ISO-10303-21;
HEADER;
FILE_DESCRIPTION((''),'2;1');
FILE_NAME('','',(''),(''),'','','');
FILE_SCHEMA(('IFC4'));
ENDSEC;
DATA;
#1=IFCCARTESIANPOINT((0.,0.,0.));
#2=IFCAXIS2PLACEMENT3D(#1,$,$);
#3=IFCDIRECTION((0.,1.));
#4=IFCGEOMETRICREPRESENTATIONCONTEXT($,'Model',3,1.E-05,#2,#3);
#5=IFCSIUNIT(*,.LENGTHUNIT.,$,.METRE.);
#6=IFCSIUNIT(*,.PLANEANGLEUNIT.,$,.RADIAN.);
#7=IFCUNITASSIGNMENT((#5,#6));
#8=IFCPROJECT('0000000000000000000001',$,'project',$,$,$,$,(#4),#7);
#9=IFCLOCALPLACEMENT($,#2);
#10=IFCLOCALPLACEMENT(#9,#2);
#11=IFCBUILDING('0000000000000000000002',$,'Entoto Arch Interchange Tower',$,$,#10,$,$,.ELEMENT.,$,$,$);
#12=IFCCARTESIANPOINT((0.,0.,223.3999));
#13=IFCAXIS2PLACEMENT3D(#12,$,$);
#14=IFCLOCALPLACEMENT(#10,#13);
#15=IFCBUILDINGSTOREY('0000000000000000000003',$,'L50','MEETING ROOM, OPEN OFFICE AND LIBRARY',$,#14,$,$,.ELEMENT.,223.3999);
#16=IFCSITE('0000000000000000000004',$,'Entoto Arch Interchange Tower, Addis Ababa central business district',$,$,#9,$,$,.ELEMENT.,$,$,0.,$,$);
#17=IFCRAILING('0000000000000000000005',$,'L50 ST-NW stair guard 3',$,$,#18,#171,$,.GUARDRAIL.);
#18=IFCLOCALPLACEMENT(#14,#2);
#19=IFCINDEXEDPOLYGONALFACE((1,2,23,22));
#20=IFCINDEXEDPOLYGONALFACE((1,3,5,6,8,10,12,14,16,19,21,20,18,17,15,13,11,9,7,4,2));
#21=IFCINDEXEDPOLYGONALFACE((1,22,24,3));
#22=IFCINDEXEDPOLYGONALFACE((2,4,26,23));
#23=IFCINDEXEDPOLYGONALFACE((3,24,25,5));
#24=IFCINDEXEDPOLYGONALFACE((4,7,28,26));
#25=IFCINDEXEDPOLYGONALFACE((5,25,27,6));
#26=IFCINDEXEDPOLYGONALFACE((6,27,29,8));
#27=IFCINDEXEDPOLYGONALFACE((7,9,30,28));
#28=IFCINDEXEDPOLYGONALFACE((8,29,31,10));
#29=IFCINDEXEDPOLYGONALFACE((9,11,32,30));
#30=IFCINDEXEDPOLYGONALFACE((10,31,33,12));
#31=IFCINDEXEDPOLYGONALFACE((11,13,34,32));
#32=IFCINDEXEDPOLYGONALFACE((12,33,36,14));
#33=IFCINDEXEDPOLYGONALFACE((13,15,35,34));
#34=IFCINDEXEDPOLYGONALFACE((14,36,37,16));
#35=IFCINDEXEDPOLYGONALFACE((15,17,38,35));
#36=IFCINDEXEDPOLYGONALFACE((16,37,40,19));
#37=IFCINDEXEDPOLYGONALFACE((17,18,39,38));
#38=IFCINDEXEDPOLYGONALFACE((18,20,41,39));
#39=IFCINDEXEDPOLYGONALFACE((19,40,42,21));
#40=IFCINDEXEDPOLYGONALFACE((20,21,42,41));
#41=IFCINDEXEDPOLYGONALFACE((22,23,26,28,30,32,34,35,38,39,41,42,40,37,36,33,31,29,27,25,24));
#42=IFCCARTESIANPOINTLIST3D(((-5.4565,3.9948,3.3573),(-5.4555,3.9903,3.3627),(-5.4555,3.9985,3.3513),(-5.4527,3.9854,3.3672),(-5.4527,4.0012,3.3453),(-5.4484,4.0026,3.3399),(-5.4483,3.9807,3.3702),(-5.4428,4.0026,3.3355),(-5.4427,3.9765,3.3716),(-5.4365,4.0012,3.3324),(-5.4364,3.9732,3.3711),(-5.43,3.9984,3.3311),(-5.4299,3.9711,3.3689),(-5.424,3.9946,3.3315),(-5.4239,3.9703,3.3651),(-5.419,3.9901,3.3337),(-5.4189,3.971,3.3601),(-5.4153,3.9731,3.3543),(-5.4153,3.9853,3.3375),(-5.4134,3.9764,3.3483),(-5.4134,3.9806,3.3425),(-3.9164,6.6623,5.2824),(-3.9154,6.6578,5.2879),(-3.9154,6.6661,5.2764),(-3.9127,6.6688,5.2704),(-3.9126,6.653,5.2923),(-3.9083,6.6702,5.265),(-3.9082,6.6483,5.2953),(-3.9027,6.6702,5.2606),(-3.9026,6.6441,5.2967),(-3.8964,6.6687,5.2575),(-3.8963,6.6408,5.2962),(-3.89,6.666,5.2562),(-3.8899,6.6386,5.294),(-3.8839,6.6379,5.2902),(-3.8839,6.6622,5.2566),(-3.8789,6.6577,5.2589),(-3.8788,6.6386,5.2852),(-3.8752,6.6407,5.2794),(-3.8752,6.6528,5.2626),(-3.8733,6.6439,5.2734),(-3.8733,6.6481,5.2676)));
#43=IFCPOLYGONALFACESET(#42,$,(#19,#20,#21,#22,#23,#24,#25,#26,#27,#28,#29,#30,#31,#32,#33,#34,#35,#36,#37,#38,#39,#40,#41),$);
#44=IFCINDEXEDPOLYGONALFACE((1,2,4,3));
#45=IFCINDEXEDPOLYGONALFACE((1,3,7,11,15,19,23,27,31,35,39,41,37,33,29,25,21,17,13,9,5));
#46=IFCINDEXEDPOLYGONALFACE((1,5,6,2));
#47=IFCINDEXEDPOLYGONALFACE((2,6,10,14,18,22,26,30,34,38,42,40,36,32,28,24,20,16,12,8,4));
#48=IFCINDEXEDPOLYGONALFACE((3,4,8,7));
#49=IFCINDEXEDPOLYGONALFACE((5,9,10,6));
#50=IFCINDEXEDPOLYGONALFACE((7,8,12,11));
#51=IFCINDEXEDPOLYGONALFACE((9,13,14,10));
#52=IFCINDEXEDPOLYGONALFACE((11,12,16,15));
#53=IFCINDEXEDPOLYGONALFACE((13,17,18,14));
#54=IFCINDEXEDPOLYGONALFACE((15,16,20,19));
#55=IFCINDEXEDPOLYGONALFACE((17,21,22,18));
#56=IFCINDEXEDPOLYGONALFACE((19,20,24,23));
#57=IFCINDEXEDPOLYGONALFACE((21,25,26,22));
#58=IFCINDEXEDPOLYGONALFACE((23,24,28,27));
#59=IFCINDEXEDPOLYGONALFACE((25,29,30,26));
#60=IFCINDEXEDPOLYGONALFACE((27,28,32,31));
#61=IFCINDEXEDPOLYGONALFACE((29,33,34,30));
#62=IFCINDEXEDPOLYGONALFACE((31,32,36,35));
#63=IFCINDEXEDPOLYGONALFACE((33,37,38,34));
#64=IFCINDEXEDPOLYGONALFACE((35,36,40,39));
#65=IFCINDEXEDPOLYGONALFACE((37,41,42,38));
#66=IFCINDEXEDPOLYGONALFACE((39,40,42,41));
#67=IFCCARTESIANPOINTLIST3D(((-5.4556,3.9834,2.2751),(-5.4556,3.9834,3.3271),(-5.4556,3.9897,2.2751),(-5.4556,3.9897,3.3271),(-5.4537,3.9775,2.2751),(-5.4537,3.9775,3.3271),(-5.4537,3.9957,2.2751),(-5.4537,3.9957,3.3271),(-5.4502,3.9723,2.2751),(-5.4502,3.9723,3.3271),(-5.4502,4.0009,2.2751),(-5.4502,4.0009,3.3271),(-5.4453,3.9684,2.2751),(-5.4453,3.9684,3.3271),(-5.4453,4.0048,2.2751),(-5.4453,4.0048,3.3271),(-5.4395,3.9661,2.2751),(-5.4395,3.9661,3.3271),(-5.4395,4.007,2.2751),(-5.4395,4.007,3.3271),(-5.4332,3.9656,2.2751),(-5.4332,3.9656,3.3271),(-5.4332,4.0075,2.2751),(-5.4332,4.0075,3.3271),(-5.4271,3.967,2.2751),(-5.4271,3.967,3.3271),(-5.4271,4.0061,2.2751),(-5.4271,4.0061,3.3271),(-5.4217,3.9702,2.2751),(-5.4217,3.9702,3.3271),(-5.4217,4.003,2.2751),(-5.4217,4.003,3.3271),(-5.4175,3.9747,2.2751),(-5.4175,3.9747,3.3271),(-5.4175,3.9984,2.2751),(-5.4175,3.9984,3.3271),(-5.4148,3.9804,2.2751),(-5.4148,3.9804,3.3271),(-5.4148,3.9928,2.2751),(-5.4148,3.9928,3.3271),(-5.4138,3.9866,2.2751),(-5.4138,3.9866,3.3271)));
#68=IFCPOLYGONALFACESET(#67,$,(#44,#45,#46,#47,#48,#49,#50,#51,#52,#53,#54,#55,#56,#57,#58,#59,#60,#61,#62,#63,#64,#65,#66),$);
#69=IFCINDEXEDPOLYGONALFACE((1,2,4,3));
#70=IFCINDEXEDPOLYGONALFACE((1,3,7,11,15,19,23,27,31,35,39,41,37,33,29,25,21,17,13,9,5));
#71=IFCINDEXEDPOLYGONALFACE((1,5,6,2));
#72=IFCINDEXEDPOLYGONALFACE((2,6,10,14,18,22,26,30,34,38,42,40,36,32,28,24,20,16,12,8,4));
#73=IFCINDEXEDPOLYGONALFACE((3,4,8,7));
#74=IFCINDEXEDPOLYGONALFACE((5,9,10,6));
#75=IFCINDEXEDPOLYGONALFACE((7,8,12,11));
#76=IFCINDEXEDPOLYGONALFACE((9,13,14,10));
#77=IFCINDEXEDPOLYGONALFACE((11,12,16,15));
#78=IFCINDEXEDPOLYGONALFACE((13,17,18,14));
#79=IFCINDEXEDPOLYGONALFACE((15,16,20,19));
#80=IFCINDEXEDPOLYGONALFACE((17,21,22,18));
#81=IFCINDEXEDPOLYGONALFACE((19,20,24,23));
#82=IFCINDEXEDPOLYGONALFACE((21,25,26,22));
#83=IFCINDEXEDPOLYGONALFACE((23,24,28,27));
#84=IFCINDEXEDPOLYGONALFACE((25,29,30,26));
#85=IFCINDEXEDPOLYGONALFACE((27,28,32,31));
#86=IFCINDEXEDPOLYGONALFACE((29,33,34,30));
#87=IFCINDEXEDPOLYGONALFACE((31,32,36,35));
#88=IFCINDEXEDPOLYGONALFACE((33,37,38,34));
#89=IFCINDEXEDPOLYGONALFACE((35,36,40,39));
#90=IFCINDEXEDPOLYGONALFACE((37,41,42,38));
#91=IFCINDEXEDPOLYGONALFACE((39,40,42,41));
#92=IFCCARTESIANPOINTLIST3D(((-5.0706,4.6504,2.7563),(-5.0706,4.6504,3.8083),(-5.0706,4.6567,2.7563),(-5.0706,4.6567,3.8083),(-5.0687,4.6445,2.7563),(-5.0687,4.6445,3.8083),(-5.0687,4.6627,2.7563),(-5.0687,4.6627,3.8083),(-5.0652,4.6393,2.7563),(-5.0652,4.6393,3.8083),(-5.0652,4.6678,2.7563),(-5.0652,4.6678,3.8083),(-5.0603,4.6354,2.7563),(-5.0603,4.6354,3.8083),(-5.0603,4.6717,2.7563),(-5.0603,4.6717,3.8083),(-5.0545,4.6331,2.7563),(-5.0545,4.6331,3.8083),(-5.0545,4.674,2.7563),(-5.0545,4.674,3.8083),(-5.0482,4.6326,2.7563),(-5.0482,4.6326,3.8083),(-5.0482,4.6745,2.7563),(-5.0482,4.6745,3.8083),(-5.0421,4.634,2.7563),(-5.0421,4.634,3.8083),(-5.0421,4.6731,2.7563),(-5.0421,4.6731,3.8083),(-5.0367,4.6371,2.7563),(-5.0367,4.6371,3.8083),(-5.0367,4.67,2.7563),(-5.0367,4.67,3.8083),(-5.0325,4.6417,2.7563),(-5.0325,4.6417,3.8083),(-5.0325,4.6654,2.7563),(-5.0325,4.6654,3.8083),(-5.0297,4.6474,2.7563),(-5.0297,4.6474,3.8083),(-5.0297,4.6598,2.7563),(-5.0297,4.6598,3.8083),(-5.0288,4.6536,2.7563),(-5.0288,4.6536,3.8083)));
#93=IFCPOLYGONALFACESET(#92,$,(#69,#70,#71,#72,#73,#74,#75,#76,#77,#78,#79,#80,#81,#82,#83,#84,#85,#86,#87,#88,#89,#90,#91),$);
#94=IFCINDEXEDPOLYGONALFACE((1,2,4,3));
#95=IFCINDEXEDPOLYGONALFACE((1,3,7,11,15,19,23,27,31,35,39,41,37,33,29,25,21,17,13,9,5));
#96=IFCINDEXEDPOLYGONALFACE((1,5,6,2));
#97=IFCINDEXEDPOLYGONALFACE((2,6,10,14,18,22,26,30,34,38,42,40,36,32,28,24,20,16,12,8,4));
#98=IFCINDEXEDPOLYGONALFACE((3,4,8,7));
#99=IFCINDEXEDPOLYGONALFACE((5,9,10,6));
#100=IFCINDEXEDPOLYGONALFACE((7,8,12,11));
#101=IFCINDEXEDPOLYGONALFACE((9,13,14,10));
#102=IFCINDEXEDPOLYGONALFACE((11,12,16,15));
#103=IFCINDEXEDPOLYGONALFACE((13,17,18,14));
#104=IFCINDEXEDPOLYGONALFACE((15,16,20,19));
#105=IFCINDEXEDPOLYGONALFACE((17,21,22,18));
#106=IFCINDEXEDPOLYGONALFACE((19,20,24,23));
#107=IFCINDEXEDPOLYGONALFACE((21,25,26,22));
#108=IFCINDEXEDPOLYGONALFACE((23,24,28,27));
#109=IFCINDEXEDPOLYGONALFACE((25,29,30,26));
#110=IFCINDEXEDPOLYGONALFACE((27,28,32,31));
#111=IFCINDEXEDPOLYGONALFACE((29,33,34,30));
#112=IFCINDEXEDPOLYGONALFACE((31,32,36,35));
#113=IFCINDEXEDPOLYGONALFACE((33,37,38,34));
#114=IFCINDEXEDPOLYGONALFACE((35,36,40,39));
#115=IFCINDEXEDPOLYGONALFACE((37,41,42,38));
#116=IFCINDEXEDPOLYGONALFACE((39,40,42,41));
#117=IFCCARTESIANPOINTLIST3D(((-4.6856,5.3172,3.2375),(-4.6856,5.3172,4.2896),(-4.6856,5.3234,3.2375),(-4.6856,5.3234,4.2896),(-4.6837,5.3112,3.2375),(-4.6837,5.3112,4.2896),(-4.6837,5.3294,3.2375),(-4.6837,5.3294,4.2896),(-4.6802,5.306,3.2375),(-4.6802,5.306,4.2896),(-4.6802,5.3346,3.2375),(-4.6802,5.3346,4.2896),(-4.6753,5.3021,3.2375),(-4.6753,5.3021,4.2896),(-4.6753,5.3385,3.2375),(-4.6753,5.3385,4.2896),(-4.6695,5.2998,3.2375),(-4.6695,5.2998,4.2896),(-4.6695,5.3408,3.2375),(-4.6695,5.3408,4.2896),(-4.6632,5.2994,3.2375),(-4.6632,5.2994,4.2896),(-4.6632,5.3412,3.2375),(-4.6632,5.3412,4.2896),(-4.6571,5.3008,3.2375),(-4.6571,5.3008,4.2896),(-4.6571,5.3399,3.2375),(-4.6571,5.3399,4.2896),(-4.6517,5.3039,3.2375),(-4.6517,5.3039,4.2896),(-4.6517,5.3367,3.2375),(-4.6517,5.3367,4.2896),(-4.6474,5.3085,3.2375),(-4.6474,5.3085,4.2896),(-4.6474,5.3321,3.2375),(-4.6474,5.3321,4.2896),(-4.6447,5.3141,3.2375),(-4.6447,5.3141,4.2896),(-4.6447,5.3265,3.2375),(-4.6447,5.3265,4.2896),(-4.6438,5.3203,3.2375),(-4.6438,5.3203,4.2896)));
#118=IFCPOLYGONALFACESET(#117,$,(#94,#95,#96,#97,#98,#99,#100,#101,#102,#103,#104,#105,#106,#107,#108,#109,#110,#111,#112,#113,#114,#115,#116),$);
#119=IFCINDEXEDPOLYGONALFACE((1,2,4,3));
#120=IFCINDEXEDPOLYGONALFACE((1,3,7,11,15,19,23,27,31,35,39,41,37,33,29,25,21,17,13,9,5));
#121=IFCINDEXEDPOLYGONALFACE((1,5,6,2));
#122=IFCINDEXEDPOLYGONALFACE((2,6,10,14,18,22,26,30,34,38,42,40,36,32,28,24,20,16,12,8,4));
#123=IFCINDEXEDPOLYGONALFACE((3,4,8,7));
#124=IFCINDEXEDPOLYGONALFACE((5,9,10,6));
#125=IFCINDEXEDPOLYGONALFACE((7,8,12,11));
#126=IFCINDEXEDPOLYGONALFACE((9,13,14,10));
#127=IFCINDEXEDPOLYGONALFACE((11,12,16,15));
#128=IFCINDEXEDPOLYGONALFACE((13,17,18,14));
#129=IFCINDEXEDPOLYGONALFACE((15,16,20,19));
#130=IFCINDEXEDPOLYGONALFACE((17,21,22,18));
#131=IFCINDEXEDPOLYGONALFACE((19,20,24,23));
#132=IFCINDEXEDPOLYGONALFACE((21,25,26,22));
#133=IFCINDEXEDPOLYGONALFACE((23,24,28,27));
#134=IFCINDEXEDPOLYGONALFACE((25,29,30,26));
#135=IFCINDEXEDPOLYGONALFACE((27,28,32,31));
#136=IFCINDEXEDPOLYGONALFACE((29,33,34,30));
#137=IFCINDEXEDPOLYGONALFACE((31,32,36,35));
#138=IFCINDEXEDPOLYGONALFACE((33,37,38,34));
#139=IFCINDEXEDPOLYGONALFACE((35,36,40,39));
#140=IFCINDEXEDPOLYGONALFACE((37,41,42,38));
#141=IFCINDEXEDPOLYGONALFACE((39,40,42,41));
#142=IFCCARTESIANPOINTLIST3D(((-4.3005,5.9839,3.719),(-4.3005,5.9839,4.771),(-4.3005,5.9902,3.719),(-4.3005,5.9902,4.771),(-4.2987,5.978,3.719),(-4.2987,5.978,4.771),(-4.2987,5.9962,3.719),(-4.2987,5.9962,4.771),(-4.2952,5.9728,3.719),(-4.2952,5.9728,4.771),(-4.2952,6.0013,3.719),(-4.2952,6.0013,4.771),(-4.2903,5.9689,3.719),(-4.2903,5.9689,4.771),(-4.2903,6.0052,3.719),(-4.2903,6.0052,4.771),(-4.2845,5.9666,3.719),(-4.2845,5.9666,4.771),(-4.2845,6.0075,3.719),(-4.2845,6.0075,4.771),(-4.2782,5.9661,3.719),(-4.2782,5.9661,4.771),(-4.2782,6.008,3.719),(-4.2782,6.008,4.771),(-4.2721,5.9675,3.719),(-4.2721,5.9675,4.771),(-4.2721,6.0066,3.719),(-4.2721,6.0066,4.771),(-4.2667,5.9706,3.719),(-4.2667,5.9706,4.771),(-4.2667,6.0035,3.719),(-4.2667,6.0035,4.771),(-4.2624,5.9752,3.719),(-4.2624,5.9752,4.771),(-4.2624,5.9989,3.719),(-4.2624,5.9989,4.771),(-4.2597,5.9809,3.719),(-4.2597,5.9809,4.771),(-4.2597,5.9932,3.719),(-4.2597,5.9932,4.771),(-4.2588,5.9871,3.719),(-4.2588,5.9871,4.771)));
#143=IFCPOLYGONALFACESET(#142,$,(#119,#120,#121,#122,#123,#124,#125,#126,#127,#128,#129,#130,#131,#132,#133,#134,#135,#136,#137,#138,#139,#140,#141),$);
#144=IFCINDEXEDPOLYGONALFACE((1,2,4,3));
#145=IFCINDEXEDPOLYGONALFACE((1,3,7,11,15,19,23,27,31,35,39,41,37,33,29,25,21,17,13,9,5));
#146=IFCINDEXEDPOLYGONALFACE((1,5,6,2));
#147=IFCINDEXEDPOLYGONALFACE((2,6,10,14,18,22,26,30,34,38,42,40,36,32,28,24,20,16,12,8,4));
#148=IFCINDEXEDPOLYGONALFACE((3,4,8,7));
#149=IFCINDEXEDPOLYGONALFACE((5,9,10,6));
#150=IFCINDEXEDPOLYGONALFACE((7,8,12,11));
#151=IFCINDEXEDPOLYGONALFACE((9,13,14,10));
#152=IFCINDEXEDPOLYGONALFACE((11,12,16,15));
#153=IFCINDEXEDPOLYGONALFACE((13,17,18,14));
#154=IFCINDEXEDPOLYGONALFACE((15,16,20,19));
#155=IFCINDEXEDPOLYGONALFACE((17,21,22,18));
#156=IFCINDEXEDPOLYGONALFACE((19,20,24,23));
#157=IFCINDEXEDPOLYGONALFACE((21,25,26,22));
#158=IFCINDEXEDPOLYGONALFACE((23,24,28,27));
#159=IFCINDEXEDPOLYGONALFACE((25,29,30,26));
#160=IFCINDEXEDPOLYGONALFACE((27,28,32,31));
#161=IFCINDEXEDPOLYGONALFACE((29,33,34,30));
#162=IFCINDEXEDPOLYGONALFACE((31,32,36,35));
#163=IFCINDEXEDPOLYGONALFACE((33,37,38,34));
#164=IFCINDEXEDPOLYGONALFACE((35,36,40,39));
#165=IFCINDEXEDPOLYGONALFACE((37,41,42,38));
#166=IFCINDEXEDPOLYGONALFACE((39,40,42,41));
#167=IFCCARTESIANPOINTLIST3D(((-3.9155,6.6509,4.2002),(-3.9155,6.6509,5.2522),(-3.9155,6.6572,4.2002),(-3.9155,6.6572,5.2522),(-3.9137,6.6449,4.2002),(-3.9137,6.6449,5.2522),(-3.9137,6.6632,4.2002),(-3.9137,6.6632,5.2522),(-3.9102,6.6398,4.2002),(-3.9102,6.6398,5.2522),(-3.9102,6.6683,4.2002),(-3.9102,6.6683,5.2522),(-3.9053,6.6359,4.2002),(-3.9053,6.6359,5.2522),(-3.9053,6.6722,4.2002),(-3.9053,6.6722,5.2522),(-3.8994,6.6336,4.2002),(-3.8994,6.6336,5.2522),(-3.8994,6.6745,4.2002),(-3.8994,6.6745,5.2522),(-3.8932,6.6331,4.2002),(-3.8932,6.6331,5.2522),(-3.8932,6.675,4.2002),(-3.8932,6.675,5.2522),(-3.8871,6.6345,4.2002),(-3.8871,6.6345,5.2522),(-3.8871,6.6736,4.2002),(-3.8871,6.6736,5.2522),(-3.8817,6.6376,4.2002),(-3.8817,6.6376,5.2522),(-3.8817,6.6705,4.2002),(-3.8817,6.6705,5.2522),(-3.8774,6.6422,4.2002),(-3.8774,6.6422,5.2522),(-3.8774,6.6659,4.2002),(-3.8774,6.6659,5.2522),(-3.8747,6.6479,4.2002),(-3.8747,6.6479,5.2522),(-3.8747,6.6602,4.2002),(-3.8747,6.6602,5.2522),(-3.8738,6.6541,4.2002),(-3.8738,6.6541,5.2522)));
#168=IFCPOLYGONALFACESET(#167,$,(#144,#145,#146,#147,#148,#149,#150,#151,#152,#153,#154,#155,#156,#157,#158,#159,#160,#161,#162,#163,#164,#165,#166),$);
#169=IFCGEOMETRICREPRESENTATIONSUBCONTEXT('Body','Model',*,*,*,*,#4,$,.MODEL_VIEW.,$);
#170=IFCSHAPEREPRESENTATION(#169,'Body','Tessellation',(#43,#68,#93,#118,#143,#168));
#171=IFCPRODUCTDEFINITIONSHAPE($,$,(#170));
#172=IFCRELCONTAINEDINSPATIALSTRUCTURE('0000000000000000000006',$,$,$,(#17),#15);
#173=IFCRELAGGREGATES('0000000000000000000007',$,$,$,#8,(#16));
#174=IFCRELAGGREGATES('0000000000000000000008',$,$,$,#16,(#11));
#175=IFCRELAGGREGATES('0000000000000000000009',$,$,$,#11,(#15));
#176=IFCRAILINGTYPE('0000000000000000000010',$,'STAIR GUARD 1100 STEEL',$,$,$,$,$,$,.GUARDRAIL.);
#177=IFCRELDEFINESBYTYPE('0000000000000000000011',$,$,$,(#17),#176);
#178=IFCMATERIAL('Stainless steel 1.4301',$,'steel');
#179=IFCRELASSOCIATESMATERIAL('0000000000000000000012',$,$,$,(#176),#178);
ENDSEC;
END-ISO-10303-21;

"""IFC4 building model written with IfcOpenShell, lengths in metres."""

from ifc_helpers import new_model, si_unit, direction, frame, origin, origin_2d, place, context, subcontext, project, spatial, circle, extrude, material, type_object, element, save


model = new_model("IFC4")

# Units and contexts
model_context = context("Model", 3, precision=1e-05, world=origin(), true_north=direction((0.0, 1.0)))
body_context = subcontext(model_context, "Body", "Model", "MODEL_VIEW")
ifc_project = project(units=[si_unit("LENGTHUNIT", "METRE"), si_unit("PLANEANGLEUNIT", "RADIAN")], contexts=[model_context])

# Site, building, storey
site_placement = place(None, origin())
site = spatial("IfcSite", under=ifc_project, at=site_placement, Name="Entoto Arch Interchange Tower, Addis Ababa central business district", CompositionType="ELEMENT", RefElevation=0.0)
building_placement = place(site_placement, origin())
building = spatial("IfcBuilding", under=site, at=building_placement, Name="Entoto Arch Interchange Tower", CompositionType="ELEMENT")
storey_placement = place(building_placement, frame((0.0, 0.0, 223.3999)))
storey = spatial("IfcBuildingStorey", under=building, at=storey_placement, Name="L50", Description="MEETING ROOM, OPEN OFFICE AND LIBRARY", CompositionType="ELEMENT", Elevation=223.3999)

# Railing
ifc_material_1 = material(Name="Stainless steel 1.4301", Category="steel")
railing_type_1 = type_object("IfcRailingType", Name="STAIR GUARD 1100 STEEL", PredefinedType="GUARDRAIL", material=ifc_material_1)
railing_1_placement = place(storey_placement, frame((-5.4348, 3.9866, 2.2751)))
element("IfcRailing", 1, at=railing_1_placement, inside=storey, type_object=railing_type_1, Name="L50 ST-NW stair guard 3", PredefinedType="GUARDRAIL", context=body_context, shape_type="SweptSolid", body=[
    extrude(circle(Radius=0.0239, at=origin_2d()), frame((0.0, 0.0, 1.0762), z_axis=(0.423994, 0.734395, 0.529993), x_axis=(-0.86603, 0.499992, 0.0)), (0.0, 0.0, 1.0), 3.6323),
    extrude(circle(Radius=0.021, at=origin_2d()), origin(), (0.0, 0.0, 1.0), 1.052),
    extrude(circle(Radius=0.021, at=origin_2d()), frame((0.385, 0.667, 0.4812)), (0.0, 0.0, 1.0), 1.052),
    extrude(circle(Radius=0.021, at=origin_2d()), frame((0.77, 1.3337, 0.9624)), (0.0, 0.0, 1.0), 1.052),
    extrude(circle(Radius=0.021, at=origin_2d()), frame((1.155, 2.0005, 1.4438)), (0.0, 0.0, 1.0), 1.052),
    extrude(circle(Radius=0.021, at=origin_2d()), frame((1.54, 2.6675, 1.925)), (0.0, 0.0, 1.0), 1.052),
])

save(model, "model.ifc")
